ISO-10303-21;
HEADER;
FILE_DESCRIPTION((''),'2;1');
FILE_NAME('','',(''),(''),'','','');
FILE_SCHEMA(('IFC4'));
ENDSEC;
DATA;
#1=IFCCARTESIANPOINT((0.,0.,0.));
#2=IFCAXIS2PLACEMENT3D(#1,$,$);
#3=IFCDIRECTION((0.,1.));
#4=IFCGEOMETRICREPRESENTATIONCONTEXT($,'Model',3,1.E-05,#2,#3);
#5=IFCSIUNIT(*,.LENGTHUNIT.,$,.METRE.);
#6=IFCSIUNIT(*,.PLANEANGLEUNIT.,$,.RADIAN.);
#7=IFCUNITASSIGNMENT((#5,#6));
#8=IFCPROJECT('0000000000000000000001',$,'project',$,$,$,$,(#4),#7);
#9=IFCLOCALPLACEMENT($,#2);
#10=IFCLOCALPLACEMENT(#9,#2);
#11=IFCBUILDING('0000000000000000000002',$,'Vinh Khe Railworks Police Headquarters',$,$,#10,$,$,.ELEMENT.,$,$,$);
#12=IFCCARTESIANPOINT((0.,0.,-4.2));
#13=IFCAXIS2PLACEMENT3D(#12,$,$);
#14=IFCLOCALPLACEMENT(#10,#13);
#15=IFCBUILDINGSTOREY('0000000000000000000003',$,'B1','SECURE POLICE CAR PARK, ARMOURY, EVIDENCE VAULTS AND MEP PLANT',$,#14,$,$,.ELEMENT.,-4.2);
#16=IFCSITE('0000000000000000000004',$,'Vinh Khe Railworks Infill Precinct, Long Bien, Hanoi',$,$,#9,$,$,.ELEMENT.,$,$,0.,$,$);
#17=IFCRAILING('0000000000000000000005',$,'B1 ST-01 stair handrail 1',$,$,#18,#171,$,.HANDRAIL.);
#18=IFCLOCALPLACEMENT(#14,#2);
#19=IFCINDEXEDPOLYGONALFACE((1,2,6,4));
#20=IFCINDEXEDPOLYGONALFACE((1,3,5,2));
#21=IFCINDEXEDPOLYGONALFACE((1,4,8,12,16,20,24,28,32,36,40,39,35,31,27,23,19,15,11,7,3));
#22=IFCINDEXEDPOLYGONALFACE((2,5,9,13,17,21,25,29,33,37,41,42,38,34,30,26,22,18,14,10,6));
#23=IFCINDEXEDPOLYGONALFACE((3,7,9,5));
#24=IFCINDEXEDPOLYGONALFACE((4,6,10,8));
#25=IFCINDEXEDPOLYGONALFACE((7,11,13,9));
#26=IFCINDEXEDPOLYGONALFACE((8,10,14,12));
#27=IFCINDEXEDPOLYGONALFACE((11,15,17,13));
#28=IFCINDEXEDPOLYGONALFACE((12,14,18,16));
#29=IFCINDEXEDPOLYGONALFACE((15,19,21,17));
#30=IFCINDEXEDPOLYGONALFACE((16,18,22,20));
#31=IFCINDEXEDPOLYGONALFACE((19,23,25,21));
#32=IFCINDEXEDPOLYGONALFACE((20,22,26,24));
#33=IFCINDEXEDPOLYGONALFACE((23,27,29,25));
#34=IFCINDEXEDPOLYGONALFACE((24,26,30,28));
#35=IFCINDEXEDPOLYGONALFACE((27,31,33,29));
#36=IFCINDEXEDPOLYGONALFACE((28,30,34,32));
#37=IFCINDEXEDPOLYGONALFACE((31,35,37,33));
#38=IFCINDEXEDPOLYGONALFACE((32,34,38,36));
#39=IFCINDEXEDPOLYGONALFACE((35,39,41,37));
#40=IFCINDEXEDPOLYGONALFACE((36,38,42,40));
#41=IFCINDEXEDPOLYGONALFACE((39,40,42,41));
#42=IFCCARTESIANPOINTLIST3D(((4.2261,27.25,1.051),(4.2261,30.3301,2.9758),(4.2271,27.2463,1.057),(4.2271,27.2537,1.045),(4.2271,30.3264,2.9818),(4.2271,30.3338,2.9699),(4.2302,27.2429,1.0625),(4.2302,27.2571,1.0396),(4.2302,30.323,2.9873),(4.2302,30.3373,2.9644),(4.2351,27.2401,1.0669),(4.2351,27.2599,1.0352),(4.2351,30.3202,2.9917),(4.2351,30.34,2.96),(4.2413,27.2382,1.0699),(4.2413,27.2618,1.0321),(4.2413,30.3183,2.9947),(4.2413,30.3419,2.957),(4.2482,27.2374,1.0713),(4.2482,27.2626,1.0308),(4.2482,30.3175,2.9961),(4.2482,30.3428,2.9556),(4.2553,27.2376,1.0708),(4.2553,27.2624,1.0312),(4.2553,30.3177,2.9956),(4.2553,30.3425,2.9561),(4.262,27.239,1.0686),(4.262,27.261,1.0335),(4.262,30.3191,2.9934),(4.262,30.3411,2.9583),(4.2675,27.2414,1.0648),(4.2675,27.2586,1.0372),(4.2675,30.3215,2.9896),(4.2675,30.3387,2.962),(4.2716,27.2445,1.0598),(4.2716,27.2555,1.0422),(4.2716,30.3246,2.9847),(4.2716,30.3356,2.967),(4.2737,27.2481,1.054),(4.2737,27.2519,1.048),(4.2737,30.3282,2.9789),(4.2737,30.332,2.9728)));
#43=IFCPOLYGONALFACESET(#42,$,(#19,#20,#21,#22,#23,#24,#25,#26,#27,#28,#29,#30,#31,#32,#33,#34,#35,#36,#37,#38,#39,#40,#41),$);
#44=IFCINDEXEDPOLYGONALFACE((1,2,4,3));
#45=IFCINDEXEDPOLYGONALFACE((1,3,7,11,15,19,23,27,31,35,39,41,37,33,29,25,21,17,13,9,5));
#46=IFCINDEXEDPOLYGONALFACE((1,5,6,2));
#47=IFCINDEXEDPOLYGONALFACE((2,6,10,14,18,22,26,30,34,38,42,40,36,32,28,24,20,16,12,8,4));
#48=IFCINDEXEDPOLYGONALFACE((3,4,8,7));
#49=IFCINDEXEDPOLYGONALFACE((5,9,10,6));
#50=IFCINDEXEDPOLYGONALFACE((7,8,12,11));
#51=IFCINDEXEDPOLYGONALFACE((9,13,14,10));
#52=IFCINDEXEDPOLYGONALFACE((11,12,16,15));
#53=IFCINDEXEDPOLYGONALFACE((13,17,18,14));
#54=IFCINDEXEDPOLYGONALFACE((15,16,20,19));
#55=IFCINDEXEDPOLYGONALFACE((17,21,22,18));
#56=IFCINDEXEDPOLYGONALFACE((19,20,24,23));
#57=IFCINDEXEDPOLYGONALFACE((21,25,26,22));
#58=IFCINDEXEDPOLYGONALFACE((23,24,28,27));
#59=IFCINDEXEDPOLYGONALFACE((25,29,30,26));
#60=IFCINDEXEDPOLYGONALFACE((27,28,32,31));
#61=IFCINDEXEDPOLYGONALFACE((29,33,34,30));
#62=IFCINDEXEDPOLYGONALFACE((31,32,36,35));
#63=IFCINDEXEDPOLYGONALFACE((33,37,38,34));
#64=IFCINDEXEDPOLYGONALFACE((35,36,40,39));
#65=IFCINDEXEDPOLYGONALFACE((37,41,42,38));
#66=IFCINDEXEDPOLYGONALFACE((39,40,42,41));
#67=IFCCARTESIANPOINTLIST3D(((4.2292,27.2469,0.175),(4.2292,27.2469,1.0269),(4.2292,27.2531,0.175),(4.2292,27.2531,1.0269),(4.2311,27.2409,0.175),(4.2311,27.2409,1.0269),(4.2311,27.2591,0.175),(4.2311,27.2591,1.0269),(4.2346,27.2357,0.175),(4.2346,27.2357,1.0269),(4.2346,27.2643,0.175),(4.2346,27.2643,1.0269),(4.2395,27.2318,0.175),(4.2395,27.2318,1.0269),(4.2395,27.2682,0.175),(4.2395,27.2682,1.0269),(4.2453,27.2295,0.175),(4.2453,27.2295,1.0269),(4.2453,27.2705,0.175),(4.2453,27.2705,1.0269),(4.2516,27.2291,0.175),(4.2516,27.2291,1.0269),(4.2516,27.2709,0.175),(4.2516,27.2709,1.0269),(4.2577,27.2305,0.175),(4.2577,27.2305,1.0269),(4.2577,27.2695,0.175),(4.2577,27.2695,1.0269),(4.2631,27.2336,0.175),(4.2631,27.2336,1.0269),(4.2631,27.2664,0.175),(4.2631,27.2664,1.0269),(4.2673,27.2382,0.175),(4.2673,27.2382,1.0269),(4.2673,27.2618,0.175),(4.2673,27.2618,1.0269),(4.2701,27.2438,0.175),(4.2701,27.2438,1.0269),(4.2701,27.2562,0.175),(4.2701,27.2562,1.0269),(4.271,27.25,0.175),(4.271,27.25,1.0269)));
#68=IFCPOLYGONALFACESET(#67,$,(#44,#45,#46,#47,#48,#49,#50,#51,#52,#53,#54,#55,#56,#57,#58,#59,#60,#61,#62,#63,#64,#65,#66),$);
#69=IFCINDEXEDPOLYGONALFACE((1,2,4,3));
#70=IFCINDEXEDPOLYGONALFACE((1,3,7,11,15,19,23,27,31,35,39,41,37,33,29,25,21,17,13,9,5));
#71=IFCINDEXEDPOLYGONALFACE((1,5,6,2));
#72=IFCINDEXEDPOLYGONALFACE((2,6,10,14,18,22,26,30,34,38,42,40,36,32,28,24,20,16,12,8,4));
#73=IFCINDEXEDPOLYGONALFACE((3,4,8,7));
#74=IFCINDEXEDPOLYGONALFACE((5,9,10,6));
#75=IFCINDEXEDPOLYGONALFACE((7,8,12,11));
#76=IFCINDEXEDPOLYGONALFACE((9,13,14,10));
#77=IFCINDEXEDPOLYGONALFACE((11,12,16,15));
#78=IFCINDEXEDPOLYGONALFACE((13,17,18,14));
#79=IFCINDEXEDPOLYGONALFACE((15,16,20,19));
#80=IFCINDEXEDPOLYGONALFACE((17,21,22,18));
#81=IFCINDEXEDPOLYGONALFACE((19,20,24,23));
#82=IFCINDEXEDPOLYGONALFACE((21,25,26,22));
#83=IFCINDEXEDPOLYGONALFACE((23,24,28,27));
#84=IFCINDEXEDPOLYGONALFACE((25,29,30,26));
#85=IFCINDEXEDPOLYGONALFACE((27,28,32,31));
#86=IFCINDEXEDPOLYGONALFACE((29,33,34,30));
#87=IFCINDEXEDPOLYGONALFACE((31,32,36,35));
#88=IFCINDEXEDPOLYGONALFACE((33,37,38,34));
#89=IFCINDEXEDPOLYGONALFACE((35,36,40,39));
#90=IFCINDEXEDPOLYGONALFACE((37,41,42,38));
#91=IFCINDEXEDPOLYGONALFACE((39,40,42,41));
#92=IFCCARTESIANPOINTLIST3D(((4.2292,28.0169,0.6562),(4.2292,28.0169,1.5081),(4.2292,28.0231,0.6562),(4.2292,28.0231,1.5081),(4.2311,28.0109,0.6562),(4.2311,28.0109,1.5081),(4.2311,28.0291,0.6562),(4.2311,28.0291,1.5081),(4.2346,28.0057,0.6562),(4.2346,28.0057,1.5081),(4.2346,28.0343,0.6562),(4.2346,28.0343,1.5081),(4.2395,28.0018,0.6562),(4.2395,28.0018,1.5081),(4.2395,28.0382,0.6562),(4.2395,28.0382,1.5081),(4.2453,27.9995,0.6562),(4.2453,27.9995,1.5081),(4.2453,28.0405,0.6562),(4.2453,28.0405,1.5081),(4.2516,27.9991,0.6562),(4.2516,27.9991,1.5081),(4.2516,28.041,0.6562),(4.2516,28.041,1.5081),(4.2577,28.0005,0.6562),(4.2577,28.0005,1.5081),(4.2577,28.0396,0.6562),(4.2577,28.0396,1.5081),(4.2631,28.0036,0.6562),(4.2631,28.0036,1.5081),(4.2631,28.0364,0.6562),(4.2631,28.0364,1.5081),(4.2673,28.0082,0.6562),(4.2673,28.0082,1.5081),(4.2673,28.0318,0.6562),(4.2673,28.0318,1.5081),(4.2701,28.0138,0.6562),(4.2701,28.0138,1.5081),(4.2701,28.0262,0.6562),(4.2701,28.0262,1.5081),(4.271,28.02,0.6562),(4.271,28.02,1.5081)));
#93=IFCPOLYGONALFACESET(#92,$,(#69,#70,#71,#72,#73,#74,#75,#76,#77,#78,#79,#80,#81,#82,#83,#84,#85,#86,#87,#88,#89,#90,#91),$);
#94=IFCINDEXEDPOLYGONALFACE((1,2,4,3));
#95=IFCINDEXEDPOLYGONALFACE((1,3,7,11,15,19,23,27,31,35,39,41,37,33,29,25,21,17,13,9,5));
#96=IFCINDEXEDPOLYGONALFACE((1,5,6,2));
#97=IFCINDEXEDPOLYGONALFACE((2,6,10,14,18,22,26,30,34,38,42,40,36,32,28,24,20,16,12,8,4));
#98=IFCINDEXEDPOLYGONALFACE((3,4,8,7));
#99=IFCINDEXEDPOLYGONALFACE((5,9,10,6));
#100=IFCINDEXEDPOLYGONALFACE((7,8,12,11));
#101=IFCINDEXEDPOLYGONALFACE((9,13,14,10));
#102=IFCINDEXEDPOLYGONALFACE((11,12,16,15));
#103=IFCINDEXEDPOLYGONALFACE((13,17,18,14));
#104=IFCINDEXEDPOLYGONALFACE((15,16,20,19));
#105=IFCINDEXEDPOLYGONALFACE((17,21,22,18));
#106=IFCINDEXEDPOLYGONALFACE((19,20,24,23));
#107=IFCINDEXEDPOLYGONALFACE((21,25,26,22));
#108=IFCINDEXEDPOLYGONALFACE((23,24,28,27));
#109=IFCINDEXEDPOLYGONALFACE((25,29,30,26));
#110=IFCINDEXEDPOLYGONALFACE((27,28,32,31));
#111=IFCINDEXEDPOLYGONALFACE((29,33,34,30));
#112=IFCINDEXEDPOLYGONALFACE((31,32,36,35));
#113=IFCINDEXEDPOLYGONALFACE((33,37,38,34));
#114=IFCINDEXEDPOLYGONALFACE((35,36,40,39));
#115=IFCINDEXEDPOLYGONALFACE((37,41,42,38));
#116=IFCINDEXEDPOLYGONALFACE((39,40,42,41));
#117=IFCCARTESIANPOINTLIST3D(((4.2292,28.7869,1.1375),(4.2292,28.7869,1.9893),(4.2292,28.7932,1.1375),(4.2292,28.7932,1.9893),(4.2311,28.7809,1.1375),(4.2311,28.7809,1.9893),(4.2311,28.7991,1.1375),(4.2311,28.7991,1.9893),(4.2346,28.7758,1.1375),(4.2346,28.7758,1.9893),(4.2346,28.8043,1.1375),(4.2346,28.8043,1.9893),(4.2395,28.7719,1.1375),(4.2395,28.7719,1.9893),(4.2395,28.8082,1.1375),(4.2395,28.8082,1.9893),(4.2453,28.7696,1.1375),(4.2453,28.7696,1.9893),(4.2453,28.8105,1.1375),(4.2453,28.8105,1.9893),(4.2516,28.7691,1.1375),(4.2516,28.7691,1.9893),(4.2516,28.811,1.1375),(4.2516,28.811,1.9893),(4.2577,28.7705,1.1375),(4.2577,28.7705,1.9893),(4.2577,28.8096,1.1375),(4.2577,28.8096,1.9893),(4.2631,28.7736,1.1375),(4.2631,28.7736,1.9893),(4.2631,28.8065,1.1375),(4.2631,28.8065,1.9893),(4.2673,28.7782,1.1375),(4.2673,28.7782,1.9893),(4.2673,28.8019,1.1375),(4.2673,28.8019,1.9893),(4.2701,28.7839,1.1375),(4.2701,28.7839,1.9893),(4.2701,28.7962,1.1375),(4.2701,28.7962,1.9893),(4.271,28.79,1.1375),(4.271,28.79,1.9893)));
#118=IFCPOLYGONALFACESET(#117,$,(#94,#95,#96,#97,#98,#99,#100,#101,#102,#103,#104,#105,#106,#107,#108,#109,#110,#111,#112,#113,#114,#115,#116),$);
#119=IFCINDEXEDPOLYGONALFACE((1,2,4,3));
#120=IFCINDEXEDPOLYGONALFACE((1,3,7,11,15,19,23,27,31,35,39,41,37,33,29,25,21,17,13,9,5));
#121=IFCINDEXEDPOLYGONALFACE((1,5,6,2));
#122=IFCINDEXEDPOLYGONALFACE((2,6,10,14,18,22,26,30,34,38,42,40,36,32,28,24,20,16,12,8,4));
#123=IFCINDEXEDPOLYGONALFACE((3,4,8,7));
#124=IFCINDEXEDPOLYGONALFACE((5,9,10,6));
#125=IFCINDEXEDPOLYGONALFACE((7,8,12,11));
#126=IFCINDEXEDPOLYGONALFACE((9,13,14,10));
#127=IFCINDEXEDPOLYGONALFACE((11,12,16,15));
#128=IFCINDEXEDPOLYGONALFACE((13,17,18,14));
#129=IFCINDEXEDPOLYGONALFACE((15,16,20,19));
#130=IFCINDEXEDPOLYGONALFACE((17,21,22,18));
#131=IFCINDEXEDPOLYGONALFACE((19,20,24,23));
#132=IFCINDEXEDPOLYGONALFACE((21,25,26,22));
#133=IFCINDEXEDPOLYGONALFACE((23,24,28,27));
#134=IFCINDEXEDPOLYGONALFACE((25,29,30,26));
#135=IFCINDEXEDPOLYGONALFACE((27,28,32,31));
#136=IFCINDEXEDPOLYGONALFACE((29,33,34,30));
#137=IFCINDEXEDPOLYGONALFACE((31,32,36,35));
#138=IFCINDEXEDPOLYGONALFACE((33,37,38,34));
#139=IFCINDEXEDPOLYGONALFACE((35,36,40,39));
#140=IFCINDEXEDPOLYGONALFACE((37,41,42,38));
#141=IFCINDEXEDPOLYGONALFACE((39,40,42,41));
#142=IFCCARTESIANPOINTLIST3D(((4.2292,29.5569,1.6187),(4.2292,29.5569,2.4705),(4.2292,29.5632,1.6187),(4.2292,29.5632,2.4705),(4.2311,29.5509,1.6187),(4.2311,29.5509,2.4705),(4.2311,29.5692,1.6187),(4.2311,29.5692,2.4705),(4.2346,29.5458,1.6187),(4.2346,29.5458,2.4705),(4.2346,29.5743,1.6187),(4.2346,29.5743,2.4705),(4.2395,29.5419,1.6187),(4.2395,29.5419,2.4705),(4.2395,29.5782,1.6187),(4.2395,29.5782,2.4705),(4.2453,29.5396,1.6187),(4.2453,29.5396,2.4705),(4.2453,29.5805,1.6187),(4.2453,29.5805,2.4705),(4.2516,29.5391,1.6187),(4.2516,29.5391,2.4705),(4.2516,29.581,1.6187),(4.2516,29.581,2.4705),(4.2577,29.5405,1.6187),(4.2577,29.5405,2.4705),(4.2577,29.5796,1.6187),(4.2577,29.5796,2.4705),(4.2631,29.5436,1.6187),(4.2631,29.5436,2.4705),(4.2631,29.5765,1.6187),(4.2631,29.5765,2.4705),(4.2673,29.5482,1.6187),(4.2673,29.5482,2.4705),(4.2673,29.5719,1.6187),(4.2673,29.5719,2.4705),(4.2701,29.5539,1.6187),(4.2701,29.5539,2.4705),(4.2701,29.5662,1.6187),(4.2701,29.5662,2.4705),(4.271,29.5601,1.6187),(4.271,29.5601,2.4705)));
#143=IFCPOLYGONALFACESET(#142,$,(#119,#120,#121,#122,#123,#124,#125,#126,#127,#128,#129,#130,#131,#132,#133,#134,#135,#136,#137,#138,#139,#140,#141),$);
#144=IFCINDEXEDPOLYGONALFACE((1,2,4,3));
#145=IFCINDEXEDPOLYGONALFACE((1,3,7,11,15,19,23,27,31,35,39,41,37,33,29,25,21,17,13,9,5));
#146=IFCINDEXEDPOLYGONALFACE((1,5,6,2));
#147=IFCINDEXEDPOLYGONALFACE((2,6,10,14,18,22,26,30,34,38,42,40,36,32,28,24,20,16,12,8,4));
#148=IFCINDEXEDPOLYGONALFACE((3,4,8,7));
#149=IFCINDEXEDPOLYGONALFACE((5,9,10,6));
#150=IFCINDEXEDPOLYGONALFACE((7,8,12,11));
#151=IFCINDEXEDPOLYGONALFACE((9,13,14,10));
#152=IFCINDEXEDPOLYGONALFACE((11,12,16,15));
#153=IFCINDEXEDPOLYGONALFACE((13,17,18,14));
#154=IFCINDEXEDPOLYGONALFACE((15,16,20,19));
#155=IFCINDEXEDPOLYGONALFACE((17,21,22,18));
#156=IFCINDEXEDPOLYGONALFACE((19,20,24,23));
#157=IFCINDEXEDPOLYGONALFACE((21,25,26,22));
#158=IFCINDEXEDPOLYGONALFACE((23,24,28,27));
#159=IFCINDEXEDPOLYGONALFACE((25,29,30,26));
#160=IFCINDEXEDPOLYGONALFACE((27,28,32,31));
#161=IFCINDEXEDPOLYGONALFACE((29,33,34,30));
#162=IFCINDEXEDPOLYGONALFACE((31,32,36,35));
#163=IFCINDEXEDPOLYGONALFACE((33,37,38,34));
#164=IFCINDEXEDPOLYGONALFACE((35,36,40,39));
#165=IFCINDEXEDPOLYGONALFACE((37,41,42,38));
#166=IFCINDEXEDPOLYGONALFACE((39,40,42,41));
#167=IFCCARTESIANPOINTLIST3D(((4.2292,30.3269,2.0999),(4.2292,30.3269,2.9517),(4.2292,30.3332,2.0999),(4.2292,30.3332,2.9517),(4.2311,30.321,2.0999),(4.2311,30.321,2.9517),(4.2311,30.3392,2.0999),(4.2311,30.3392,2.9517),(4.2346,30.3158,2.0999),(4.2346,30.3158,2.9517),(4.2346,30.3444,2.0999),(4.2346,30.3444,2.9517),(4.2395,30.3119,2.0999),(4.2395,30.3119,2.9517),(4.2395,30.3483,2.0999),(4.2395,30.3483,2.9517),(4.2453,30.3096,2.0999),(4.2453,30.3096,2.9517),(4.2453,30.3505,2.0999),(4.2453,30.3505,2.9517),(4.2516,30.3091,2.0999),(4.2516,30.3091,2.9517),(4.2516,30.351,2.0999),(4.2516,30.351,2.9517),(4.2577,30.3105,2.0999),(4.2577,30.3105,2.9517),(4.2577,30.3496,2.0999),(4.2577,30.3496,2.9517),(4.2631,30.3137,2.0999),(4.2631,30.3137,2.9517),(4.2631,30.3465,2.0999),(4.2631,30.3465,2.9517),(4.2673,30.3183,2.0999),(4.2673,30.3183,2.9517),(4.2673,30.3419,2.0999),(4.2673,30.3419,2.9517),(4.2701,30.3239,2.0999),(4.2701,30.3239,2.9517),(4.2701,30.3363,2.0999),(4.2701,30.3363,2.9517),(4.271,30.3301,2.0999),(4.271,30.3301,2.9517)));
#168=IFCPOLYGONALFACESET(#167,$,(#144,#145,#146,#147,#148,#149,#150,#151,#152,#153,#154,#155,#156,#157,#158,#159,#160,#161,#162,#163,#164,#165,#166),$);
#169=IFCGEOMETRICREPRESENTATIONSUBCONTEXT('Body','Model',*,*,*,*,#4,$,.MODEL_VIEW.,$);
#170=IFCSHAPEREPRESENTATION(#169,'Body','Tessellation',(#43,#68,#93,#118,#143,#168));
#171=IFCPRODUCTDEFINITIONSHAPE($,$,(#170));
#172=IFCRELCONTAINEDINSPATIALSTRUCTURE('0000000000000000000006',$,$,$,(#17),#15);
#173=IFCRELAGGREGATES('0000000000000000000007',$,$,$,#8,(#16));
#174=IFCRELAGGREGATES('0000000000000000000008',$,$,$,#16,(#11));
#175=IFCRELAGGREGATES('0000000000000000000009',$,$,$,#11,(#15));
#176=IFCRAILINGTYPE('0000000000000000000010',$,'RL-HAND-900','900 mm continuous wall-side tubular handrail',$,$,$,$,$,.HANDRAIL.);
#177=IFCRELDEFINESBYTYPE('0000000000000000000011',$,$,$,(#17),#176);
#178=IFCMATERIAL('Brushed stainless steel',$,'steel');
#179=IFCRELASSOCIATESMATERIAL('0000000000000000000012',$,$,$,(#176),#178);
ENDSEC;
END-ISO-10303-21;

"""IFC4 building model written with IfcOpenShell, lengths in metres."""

from ifc_helpers import new_model, si_unit, direction, frame, origin, origin_2d, place, context, subcontext, project, spatial, circle, extrude, material, type_object, element, save


model = new_model("IFC4")

# Units and contexts
model_context = context("Model", 3, precision=1e-05, world=origin(), true_north=direction((0.0, 1.0)))
body_context = subcontext(model_context, "Body", "Model", "MODEL_VIEW")
ifc_project = project(units=[si_unit("LENGTHUNIT", "METRE"), si_unit("PLANEANGLEUNIT", "RADIAN")], contexts=[model_context])

# Site, building, storey
site_placement = place(None, origin())
site = spatial("IfcSite", under=ifc_project, at=site_placement, Name="Vinh Khe Railworks Infill Precinct, Long Bien, Hanoi", CompositionType="ELEMENT", RefElevation=0.0)
building_placement = place(site_placement, origin())
building = spatial("IfcBuilding", under=site, at=building_placement, Name="Vinh Khe Railworks Police Headquarters", CompositionType="ELEMENT")
storey_placement = place(building_placement, frame((0.0, 0.0, -4.2)))
storey = spatial("IfcBuildingStorey", under=building, at=storey_placement, Name="B1", Description="SECURE POLICE CAR PARK, ARMOURY, EVIDENCE VAULTS AND MEP PLANT", CompositionType="ELEMENT", Elevation=-4.2)

# Railing
ifc_material_1 = material(Name="Brushed stainless steel", Category="steel")
railing_type_1 = type_object("IfcRailingType", Name="RL-HAND-900", Description="900 mm continuous wall-side tubular handrail", PredefinedType="HANDRAIL", material=ifc_material_1)
railing_1_placement = place(storey_placement, frame((4.25, 27.25, 0.175)))
element("IfcRailing", 1, at=railing_1_placement, inside=storey, type_object=railing_type_1, Name="B1 ST-01 stair handrail 1", PredefinedType="HANDRAIL", context=body_context, shape_type="SweptSolid", body=[
    extrude(circle(Radius=0.0239, at=origin_2d()), frame((0.0, 0.0, 0.876), z_axis=(0.0, 0.848029, 0.529951), x_axis=(-1.0, 0.0, 0.0)), (0.0, 0.0, 1.0), 3.6321),
    extrude(circle(Radius=0.021, at=origin_2d()), origin(), (0.0, 0.0, 1.0), 0.8518),
    extrude(circle(Radius=0.021, at=origin_2d()), frame((0.0, 0.77, 0.4812)), (0.0, 0.0, 1.0), 0.8518),
    extrude(circle(Radius=0.021, at=origin_2d()), frame((0.0, 1.54, 0.9624)), (0.0, 0.0, 1.0), 0.8518),
    extrude(circle(Radius=0.021, at=origin_2d()), frame((0.0, 2.3101, 1.4436)), (0.0, 0.0, 1.0), 0.8518),
    extrude(circle(Radius=0.021, at=origin_2d()), frame((0.0, 3.0801, 1.9248)), (0.0, 0.0, 1.0), 0.8518),
])

save(model, "model.ifc")
